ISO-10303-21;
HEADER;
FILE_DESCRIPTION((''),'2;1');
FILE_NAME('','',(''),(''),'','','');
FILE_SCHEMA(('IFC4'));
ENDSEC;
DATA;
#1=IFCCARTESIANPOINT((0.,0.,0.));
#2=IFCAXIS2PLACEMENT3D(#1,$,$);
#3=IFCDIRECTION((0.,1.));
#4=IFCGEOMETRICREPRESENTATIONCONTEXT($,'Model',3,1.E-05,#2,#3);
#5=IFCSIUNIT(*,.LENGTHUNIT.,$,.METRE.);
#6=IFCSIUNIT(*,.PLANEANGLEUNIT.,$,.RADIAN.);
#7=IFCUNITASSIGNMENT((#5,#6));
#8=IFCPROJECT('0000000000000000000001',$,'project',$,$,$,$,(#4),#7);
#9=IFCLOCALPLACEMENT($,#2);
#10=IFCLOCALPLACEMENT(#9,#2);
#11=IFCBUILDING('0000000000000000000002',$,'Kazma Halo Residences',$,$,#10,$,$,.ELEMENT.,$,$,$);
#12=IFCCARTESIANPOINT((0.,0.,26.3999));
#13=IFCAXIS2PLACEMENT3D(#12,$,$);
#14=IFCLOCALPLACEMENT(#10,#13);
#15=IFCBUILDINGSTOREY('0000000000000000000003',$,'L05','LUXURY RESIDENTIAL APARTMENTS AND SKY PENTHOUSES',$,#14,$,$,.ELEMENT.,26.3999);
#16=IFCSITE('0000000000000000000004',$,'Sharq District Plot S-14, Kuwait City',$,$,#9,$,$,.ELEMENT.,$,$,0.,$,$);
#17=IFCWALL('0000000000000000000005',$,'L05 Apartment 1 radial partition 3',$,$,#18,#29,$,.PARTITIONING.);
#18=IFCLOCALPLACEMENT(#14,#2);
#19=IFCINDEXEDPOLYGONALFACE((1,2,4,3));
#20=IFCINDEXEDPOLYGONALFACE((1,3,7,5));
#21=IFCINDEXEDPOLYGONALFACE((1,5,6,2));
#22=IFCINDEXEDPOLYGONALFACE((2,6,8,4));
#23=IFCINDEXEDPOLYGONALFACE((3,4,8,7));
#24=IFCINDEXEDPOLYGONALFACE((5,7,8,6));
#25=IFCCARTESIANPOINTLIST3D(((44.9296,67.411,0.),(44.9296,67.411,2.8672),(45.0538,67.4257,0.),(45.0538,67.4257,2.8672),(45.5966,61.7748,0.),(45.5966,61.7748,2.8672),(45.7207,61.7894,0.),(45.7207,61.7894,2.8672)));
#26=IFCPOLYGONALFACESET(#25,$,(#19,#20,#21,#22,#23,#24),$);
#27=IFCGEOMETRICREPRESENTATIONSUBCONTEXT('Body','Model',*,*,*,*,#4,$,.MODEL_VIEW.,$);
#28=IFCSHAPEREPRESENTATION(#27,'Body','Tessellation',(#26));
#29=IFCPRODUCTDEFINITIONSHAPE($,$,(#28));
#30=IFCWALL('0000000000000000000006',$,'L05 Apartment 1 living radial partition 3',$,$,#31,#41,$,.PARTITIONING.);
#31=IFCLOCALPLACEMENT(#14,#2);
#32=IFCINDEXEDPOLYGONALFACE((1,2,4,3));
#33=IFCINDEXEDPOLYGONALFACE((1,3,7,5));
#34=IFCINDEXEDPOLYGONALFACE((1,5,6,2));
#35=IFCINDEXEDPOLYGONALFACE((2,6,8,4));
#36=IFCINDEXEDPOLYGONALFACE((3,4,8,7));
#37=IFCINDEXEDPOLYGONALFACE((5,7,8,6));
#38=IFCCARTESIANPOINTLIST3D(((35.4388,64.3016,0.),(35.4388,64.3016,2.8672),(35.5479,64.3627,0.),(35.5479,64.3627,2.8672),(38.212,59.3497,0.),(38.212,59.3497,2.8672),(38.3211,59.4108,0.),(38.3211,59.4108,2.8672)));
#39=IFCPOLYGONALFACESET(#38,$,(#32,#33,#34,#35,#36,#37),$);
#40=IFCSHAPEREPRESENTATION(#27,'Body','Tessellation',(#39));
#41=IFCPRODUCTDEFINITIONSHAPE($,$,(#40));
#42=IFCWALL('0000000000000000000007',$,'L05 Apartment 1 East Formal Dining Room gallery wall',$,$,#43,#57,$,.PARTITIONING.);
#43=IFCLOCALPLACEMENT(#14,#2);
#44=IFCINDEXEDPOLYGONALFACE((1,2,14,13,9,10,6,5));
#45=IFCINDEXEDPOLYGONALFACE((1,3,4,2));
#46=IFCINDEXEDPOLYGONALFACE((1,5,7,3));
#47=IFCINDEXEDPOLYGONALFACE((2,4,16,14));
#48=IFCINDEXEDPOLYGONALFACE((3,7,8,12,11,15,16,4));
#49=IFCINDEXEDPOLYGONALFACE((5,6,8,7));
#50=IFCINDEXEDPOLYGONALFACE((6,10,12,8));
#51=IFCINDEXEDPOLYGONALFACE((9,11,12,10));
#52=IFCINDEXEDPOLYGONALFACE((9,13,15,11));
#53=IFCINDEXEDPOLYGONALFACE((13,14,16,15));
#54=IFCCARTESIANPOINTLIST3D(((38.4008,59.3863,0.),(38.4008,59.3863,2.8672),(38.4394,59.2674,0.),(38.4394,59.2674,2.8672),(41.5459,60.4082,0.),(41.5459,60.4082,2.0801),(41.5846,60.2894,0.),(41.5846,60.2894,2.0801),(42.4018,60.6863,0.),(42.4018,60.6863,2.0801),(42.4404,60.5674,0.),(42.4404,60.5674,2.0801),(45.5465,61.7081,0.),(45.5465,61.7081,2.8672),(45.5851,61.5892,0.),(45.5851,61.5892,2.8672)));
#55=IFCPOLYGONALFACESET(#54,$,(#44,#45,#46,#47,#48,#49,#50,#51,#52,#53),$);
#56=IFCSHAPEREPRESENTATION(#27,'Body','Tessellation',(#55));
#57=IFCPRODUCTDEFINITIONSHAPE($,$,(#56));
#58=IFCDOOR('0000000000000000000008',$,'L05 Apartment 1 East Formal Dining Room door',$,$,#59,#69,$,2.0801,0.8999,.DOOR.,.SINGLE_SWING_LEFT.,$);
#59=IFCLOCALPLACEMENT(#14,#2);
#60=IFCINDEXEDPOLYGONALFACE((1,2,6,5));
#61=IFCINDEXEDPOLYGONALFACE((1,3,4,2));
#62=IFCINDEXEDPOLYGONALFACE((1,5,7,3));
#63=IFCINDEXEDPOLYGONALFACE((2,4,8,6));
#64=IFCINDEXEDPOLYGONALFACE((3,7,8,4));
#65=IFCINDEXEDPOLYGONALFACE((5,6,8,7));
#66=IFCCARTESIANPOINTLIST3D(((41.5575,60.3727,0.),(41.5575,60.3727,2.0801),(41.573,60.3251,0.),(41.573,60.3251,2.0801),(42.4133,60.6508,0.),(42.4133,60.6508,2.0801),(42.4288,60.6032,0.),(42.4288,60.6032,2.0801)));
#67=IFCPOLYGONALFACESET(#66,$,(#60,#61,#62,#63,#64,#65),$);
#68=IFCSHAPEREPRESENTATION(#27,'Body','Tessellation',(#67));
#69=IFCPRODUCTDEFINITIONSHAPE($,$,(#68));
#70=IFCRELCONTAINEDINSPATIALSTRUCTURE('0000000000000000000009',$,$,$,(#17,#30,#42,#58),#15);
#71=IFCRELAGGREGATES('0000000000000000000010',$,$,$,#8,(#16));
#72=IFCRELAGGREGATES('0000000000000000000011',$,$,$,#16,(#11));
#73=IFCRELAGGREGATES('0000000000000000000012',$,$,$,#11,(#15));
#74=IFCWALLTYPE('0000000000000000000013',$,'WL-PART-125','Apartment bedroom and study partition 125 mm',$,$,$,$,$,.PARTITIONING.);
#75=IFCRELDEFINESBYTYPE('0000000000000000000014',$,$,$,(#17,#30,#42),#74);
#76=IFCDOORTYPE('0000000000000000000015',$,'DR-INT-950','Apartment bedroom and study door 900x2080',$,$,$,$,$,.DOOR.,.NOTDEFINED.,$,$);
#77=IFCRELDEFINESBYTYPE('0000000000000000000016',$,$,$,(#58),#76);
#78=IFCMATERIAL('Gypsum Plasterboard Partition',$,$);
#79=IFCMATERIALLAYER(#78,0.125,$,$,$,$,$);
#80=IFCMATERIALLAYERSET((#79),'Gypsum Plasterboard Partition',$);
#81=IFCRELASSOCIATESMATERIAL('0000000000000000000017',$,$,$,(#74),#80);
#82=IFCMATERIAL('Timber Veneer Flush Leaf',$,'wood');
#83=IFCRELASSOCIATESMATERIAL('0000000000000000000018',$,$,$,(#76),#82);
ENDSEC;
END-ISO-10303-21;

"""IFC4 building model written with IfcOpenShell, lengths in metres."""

from ifc_helpers import new_model, si_unit, direction, frame, frame_2d, origin, place, context, subcontext, project, spatial, rectangle, extrude, material, layer, layer_set, type_object, element, fill, save


model = new_model("IFC4")

# Units and contexts
model_context = context("Model", 3, precision=1e-05, world=origin(), true_north=direction((0.0, 1.0)))
body_context = subcontext(model_context, "Body", "Model", "MODEL_VIEW")
ifc_project = project(units=[si_unit("LENGTHUNIT", "METRE"), si_unit("PLANEANGLEUNIT", "RADIAN")], contexts=[model_context])

# Site, building, storey
site_placement = place(None, origin())
site = spatial("IfcSite", under=ifc_project, at=site_placement, Name="Sharq District Plot S-14, Kuwait City", CompositionType="ELEMENT", RefElevation=0.0)
building_placement = place(site_placement, origin())
building = spatial("IfcBuilding", under=site, at=building_placement, Name="Kazma Halo Residences", CompositionType="ELEMENT")
storey_placement = place(building_placement, frame((0.0, 0.0, 26.3999)))
storey = spatial("IfcBuildingStorey", under=building, at=storey_placement, Name="L05", Description="LUXURY RESIDENTIAL APARTMENTS AND SKY PENTHOUSES", CompositionType="ELEMENT", Elevation=26.3999)

# Walls
ifc_material_1 = material(Name="Gypsum Plasterboard Partition")
ifc_layer_1 = layer(ifc_material_1, 0.125)
ifc_layer_set_1 = layer_set([ifc_layer_1], Name="Gypsum Plasterboard Partition")
wall_type_1 = type_object("IfcWallType", Name="WL-PART-125", Description="Apartment bedroom and study partition 125 mm", PredefinedType="PARTITIONING", material=ifc_layer_set_1)
for number, where, z_axis, x_axis, name in (
    (1, (45.6587, 61.782, 0.0), (0.0, 0.0, 1.0), (-0.11752, 0.993071, 0.0), "L05 Apartment 1 radial partition 3"),
    (2, (38.2666, 59.3801, 0.0), (0.0, 0.0, 1.0), (-0.48862, 0.872496, 0.0), "L05 Apartment 1 living radial partition 3"),
):
    element("IfcWall", number, at=place(storey_placement, frame(where, z_axis=z_axis, x_axis=x_axis)), inside=storey, type_object=wall_type_1, Name=name, PredefinedType="PARTITIONING", context=body_context, shape_type="SweptSolid", body=[
        extrude(rectangle(XDim=5.6755, YDim=0.125, at=frame_2d((2.8379, 0.0))), origin(), (0.0, 0.0, 1.0), 2.8672),
    ])

# Wall, opening, door
wall_1_placement = place(storey_placement, frame((45.5659, 61.6487, 0.0), z_axis=(0.0, 0.0, 1.0), x_axis=(-0.951057, -0.309015, 0.0)))
wall_1 = element("IfcWall", 3, at=wall_1_placement, inside=storey, type_object=wall_type_1, Name="L05 Apartment 1 East Formal Dining Room gallery wall", PredefinedType="PARTITIONING", context=body_context, shape_type="SweptSolid", body=[
    extrude(rectangle(XDim=7.5134, YDim=0.125, at=frame_2d((3.7568, 0.0))), origin(), (0.0, 0.0, 1.0), 2.8672),
])
opening_1_placement = place(wall_1_placement, frame((3.3066, 0.0, 0.0)))
opening_1 = element("IfcOpeningElement", 4, at=opening_1_placement, cuts=wall_1, PredefinedType="OPENING", context=body_context, shape_type="SweptSolid", body=[
    extrude(rectangle(XDim=0.8999, YDim=2.0801, at=frame_2d((0.45, 1.04))), frame((0.0, 0.0725, 0.0), z_axis=(0.0, -1.0, 0.0), x_axis=(1.0, 0.0, 0.0)), (0.0, 0.0, 1.0), 0.145),
])
ifc_material_2 = material(Name="Timber Veneer Flush Leaf", Category="wood")
door_type_1 = type_object("IfcDoorType", Name="DR-INT-950", Description="Apartment bedroom and study door 900x2080", OperationType="NOTDEFINED", PredefinedType="DOOR", material=ifc_material_2)
door_1_placement = place(opening_1_placement, origin())
door_1 = element("IfcDoor", 5, at=door_1_placement, inside=storey, type_object=door_type_1, Name="L05 Apartment 1 East Formal Dining Room door", OperationType="SINGLE_SWING_LEFT", OverallHeight=2.0801, OverallWidth=0.8999, PredefinedType="DOOR", context=body_context, shape_type="SweptSolid", body=[
    extrude(rectangle(XDim=0.8999, YDim=2.0801, at=frame_2d((0.45, 1.04))), frame((0.0, 0.0249, 0.0), z_axis=(0.0, -1.0, 0.0), x_axis=(1.0, 0.0, 0.0)), (0.0, 0.0, 1.0), 0.05),
])
fill(opening_1, door_1)

save(model, "model.ifc")
